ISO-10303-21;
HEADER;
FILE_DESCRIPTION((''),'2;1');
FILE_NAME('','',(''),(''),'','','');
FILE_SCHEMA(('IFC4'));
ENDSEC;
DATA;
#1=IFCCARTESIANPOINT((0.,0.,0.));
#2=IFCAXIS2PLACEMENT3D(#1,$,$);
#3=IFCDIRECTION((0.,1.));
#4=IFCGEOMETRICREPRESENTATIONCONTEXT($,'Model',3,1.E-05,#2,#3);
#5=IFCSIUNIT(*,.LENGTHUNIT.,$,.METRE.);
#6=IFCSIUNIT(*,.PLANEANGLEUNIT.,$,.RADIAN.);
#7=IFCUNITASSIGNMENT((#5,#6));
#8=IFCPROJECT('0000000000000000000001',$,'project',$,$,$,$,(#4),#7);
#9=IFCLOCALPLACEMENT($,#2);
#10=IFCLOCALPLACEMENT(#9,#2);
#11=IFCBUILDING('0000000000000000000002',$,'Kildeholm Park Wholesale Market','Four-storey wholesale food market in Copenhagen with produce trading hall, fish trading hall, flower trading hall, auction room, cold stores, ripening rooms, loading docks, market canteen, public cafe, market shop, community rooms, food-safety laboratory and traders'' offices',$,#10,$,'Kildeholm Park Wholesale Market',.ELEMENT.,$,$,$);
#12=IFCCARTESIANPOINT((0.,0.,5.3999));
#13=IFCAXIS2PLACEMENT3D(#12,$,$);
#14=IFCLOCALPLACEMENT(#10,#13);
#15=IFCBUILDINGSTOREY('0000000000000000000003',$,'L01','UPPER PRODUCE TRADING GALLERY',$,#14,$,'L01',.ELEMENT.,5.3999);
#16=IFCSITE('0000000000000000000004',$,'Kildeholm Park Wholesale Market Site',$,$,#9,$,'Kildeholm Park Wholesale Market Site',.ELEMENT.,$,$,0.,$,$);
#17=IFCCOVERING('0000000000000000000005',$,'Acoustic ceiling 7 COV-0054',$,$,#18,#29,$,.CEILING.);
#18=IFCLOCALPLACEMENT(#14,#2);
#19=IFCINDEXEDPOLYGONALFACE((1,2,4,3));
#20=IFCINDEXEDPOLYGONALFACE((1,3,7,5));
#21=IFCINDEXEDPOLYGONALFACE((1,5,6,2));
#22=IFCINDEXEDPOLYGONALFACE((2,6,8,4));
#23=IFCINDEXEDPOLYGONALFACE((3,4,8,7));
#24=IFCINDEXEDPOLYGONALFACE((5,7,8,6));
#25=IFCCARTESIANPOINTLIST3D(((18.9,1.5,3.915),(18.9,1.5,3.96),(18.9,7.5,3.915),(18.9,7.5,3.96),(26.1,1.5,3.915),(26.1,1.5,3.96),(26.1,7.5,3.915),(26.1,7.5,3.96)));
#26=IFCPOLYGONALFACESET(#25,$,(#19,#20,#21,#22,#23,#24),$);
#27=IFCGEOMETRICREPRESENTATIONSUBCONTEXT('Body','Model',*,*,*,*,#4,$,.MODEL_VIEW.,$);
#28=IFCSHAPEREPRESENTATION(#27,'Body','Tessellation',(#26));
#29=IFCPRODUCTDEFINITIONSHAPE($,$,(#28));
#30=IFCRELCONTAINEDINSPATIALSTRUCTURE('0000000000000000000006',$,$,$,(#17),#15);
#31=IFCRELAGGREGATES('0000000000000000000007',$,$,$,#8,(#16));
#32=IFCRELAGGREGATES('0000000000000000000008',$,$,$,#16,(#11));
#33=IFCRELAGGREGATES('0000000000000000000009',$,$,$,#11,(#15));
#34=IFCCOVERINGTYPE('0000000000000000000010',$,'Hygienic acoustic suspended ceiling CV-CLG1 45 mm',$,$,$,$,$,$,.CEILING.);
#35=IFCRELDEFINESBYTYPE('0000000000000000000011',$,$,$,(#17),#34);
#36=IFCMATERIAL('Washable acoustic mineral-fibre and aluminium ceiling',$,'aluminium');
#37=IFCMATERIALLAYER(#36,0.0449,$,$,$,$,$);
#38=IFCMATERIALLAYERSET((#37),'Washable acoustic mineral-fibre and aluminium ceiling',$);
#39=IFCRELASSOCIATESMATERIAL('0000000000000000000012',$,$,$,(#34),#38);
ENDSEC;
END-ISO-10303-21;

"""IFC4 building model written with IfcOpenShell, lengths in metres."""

from ifc_helpers import new_model, si_unit, direction, frame, origin, origin_2d, place, context, subcontext, project, spatial, rectangle, extrude, material, layer, layer_set, type_object, element, save


model = new_model("IFC4")

# Units and contexts
model_context = context("Model", 3, precision=1e-05, world=origin(), true_north=direction((0.0, 1.0)))
body_context = subcontext(model_context, "Body", "Model", "MODEL_VIEW")
ifc_project = project(units=[si_unit("LENGTHUNIT", "METRE"), si_unit("PLANEANGLEUNIT", "RADIAN")], contexts=[model_context])

# Site, building, storey
site_placement = place(None, origin())
site = spatial("IfcSite", under=ifc_project, at=site_placement, Name="Kildeholm Park Wholesale Market Site", LongName="Kildeholm Park Wholesale Market Site", CompositionType="ELEMENT", RefElevation=0.0)
building_placement = place(site_placement, origin())
building = spatial("IfcBuilding", under=site, at=building_placement, Name="Kildeholm Park Wholesale Market", Description="Four-storey wholesale food market in Copenhagen with produce trading hall, fish trading hall, flower trading hall, auction room, cold stores, ripening rooms, loading docks, market canteen, public cafe, market shop, community rooms, food-safety laboratory and traders' offices", LongName="Kildeholm Park Wholesale Market", CompositionType="ELEMENT")
storey_placement = place(building_placement, frame((0.0, 0.0, 5.3999)))
storey = spatial("IfcBuildingStorey", under=building, at=storey_placement, Name="L01", Description="UPPER PRODUCE TRADING GALLERY", LongName="L01", CompositionType="ELEMENT", Elevation=5.3999)

# Covering
ifc_material_1 = material(Name="Washable acoustic mineral-fibre and aluminium ceiling", Category="aluminium")
ifc_layer_1 = layer(ifc_material_1, 0.0449)
ifc_layer_set_1 = layer_set([ifc_layer_1], Name="Washable acoustic mineral-fibre and aluminium ceiling")
covering_type_1 = type_object("IfcCoveringType", Name="Hygienic acoustic suspended ceiling CV-CLG1 45 mm", PredefinedType="CEILING", material=ifc_layer_set_1)
covering_1_placement = place(storey_placement, frame((22.5, 4.5, 3.915), z_axis=(0.0, 0.0, 1.0), x_axis=(1.0, 0.0, 0.0)))
element("IfcCovering", 1, at=covering_1_placement, inside=storey, type_object=covering_type_1, Name="Acoustic ceiling 7 COV-0054", PredefinedType="CEILING", context=body_context, shape_type="SweptSolid", body=[
    extrude(rectangle(XDim=7.2, YDim=6.0, at=origin_2d()), origin(), (0.0, 0.0, 1.0), 0.0449),
])

save(model, "model.ifc")
